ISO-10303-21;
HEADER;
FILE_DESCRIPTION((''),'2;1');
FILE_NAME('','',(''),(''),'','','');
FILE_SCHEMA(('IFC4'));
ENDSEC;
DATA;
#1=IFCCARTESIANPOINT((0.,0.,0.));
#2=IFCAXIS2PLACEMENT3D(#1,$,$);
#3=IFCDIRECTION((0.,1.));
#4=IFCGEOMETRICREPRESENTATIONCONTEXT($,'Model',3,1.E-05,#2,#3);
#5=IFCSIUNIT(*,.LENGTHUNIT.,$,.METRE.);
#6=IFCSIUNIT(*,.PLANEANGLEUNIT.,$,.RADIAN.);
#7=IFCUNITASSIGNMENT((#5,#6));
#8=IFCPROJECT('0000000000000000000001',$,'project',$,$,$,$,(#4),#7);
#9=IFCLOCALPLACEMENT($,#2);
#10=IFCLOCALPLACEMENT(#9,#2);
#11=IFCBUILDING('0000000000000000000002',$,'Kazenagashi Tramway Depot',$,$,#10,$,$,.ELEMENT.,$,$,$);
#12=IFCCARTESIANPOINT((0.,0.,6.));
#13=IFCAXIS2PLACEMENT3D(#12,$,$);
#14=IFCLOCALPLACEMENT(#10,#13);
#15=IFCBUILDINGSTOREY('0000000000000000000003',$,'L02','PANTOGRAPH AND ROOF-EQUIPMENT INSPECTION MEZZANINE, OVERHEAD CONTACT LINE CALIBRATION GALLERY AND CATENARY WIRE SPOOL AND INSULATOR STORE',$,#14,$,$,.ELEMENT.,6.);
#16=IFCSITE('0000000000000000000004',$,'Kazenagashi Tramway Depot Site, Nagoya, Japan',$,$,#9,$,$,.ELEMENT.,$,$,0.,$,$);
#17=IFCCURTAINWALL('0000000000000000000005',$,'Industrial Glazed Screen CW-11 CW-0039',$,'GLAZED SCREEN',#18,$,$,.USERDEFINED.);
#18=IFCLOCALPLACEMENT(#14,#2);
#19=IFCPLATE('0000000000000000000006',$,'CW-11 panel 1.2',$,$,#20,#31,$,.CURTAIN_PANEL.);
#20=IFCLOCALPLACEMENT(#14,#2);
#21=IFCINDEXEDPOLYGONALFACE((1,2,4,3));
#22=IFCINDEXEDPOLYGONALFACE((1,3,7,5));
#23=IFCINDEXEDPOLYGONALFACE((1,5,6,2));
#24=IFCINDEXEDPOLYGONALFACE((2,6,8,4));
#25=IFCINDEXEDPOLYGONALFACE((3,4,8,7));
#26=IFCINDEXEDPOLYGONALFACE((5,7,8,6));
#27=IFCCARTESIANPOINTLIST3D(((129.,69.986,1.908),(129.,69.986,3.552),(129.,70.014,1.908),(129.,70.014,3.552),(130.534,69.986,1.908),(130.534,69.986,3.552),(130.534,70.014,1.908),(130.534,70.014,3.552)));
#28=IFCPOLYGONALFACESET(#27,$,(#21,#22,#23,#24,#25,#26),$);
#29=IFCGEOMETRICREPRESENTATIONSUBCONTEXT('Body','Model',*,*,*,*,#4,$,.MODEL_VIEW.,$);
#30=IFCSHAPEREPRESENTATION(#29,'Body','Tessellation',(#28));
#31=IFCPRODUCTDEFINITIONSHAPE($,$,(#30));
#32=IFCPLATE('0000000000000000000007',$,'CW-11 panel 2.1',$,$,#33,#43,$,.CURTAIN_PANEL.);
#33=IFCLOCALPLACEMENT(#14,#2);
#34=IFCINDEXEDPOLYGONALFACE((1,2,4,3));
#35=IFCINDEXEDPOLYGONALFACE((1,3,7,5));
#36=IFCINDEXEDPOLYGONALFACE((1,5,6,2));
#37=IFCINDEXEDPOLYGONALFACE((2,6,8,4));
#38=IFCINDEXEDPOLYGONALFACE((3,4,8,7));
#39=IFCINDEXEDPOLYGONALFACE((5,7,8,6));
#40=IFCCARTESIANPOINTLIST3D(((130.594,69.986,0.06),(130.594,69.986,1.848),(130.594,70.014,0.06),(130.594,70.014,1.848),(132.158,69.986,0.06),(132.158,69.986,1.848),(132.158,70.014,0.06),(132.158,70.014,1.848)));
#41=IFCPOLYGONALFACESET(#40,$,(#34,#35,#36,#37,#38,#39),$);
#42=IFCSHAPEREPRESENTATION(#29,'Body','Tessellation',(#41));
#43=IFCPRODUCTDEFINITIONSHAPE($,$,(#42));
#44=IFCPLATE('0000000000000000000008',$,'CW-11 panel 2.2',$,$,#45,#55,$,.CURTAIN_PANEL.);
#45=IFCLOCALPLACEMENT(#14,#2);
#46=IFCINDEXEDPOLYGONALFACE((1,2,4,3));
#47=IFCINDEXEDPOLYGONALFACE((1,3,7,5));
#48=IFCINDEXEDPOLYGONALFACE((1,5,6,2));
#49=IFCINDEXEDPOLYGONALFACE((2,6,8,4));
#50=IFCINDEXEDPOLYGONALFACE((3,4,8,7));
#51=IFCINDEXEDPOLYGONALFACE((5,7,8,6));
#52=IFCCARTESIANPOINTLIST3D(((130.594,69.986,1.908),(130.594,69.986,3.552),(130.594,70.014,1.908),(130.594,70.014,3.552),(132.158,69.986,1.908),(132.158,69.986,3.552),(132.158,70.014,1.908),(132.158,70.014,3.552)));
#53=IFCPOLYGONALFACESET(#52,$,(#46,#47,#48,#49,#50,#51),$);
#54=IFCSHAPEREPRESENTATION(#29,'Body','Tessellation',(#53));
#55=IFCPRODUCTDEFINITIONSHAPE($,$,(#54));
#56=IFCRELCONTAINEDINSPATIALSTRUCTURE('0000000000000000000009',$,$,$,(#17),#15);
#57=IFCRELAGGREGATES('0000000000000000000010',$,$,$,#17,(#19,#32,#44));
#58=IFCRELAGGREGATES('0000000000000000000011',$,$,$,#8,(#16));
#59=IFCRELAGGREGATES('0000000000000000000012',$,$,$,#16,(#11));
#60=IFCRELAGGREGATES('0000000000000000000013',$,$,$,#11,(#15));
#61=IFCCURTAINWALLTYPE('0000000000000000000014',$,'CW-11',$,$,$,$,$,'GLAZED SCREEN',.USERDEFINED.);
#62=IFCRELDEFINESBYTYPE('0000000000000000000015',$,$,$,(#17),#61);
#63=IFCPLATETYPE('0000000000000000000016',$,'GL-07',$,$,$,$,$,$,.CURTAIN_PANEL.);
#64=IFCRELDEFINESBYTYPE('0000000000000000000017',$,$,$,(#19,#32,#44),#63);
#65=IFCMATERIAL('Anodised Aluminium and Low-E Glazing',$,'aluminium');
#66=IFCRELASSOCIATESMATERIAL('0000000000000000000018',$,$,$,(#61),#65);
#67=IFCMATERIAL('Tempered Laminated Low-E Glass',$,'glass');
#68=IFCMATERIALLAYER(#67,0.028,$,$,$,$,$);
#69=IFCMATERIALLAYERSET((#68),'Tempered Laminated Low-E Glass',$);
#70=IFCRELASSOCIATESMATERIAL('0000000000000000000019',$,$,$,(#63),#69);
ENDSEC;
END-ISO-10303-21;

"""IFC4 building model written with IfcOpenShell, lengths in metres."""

from ifc_helpers import new_model, si_unit, direction, frame, origin, origin_2d, place, context, subcontext, project, spatial, rectangle, extrude, material, layer, layer_set, type_object, element, aggregate, save


model = new_model("IFC4")

# Units and contexts
model_context = context("Model", 3, precision=1e-05, world=origin(), true_north=direction((0.0, 1.0)))
body_context = subcontext(model_context, "Body", "Model", "MODEL_VIEW")
ifc_project = project(units=[si_unit("LENGTHUNIT", "METRE"), si_unit("PLANEANGLEUNIT", "RADIAN")], contexts=[model_context])

# Site, building, storey
site_placement = place(None, origin())
site = spatial("IfcSite", under=ifc_project, at=site_placement, Name="Kazenagashi Tramway Depot Site, Nagoya, Japan", CompositionType="ELEMENT", RefElevation=0.0)
building_placement = place(site_placement, origin())
building = spatial("IfcBuilding", under=site, at=building_placement, Name="Kazenagashi Tramway Depot", CompositionType="ELEMENT")
storey_placement = place(building_placement, frame((0.0, 0.0, 6.0)))
storey = spatial("IfcBuildingStorey", under=building, at=storey_placement, Name="L02", Description="PANTOGRAPH AND ROOF-EQUIPMENT INSPECTION MEZZANINE, OVERHEAD CONTACT LINE CALIBRATION GALLERY AND CATENARY WIRE SPOOL AND INSULATOR STORE", CompositionType="ELEMENT", Elevation=6.0)

# Curtain wall
ifc_material_1 = material(Name="Anodised Aluminium and Low-E Glazing", Category="aluminium")
curtain_wall_type = type_object("IfcCurtainWallType", Name="CW-11", ElementType="GLAZED SCREEN", PredefinedType="USERDEFINED", material=ifc_material_1)
curtain_wall_1_placement = place(storey_placement, origin())
curtain_wall_1 = element("IfcCurtainWall", 1, at=curtain_wall_1_placement, inside=storey, type_object=curtain_wall_type, Name="Industrial Glazed Screen CW-11 CW-0039", ObjectType="GLAZED SCREEN", PredefinedType="USERDEFINED")

# Plates
ifc_material_2 = material(Name="Tempered Laminated Low-E Glass", Category="glass")
ifc_layer_1 = layer(ifc_material_2, 0.028)
ifc_layer_set_1 = layer_set([ifc_layer_1], Name="Tempered Laminated Low-E Glass")
plate_type_1 = type_object("IfcPlateType", Name="GL-07", PredefinedType="CURTAIN_PANEL", material=ifc_layer_set_1)
plate_1_placement = place(storey_placement, frame((129.767, 70.0, 1.908), z_axis=(0.0, 0.0, 1.0), x_axis=(1.0, 0.0, 0.0)))
plate_1 = element("IfcPlate", 2, at=plate_1_placement, type_object=plate_type_1, Name="CW-11 panel 1.2", PredefinedType="CURTAIN_PANEL", context=body_context, shape_type="SweptSolid", body=[
    extrude(rectangle(XDim=1.534, YDim=0.028, at=origin_2d()), origin(), (0.0, 0.0, 1.0), 1.644),
])
plate_2_placement = place(storey_placement, frame((131.376, 70.0, 0.06), z_axis=(0.0, 0.0, 1.0), x_axis=(1.0, 0.0, 0.0)))
plate_2 = element("IfcPlate", 3, at=plate_2_placement, type_object=plate_type_1, Name="CW-11 panel 2.1", PredefinedType="CURTAIN_PANEL", context=body_context, shape_type="SweptSolid", body=[
    extrude(rectangle(XDim=1.564, YDim=0.028, at=origin_2d()), origin(), (0.0, 0.0, 1.0), 1.788),
])
plate_3_placement = place(storey_placement, frame((131.376, 70.0, 1.908), z_axis=(0.0, 0.0, 1.0), x_axis=(1.0, 0.0, 0.0)))
plate_3 = element("IfcPlate", 4, at=plate_3_placement, type_object=plate_type_1, Name="CW-11 panel 2.2", PredefinedType="CURTAIN_PANEL", context=body_context, shape_type="SweptSolid", body=[
    extrude(rectangle(XDim=1.564, YDim=0.028, at=origin_2d()), origin(), (0.0, 0.0, 1.0), 1.644),
])
aggregate(curtain_wall_1, [plate_1, plate_2, plate_3])

save(model, "model.ifc")
